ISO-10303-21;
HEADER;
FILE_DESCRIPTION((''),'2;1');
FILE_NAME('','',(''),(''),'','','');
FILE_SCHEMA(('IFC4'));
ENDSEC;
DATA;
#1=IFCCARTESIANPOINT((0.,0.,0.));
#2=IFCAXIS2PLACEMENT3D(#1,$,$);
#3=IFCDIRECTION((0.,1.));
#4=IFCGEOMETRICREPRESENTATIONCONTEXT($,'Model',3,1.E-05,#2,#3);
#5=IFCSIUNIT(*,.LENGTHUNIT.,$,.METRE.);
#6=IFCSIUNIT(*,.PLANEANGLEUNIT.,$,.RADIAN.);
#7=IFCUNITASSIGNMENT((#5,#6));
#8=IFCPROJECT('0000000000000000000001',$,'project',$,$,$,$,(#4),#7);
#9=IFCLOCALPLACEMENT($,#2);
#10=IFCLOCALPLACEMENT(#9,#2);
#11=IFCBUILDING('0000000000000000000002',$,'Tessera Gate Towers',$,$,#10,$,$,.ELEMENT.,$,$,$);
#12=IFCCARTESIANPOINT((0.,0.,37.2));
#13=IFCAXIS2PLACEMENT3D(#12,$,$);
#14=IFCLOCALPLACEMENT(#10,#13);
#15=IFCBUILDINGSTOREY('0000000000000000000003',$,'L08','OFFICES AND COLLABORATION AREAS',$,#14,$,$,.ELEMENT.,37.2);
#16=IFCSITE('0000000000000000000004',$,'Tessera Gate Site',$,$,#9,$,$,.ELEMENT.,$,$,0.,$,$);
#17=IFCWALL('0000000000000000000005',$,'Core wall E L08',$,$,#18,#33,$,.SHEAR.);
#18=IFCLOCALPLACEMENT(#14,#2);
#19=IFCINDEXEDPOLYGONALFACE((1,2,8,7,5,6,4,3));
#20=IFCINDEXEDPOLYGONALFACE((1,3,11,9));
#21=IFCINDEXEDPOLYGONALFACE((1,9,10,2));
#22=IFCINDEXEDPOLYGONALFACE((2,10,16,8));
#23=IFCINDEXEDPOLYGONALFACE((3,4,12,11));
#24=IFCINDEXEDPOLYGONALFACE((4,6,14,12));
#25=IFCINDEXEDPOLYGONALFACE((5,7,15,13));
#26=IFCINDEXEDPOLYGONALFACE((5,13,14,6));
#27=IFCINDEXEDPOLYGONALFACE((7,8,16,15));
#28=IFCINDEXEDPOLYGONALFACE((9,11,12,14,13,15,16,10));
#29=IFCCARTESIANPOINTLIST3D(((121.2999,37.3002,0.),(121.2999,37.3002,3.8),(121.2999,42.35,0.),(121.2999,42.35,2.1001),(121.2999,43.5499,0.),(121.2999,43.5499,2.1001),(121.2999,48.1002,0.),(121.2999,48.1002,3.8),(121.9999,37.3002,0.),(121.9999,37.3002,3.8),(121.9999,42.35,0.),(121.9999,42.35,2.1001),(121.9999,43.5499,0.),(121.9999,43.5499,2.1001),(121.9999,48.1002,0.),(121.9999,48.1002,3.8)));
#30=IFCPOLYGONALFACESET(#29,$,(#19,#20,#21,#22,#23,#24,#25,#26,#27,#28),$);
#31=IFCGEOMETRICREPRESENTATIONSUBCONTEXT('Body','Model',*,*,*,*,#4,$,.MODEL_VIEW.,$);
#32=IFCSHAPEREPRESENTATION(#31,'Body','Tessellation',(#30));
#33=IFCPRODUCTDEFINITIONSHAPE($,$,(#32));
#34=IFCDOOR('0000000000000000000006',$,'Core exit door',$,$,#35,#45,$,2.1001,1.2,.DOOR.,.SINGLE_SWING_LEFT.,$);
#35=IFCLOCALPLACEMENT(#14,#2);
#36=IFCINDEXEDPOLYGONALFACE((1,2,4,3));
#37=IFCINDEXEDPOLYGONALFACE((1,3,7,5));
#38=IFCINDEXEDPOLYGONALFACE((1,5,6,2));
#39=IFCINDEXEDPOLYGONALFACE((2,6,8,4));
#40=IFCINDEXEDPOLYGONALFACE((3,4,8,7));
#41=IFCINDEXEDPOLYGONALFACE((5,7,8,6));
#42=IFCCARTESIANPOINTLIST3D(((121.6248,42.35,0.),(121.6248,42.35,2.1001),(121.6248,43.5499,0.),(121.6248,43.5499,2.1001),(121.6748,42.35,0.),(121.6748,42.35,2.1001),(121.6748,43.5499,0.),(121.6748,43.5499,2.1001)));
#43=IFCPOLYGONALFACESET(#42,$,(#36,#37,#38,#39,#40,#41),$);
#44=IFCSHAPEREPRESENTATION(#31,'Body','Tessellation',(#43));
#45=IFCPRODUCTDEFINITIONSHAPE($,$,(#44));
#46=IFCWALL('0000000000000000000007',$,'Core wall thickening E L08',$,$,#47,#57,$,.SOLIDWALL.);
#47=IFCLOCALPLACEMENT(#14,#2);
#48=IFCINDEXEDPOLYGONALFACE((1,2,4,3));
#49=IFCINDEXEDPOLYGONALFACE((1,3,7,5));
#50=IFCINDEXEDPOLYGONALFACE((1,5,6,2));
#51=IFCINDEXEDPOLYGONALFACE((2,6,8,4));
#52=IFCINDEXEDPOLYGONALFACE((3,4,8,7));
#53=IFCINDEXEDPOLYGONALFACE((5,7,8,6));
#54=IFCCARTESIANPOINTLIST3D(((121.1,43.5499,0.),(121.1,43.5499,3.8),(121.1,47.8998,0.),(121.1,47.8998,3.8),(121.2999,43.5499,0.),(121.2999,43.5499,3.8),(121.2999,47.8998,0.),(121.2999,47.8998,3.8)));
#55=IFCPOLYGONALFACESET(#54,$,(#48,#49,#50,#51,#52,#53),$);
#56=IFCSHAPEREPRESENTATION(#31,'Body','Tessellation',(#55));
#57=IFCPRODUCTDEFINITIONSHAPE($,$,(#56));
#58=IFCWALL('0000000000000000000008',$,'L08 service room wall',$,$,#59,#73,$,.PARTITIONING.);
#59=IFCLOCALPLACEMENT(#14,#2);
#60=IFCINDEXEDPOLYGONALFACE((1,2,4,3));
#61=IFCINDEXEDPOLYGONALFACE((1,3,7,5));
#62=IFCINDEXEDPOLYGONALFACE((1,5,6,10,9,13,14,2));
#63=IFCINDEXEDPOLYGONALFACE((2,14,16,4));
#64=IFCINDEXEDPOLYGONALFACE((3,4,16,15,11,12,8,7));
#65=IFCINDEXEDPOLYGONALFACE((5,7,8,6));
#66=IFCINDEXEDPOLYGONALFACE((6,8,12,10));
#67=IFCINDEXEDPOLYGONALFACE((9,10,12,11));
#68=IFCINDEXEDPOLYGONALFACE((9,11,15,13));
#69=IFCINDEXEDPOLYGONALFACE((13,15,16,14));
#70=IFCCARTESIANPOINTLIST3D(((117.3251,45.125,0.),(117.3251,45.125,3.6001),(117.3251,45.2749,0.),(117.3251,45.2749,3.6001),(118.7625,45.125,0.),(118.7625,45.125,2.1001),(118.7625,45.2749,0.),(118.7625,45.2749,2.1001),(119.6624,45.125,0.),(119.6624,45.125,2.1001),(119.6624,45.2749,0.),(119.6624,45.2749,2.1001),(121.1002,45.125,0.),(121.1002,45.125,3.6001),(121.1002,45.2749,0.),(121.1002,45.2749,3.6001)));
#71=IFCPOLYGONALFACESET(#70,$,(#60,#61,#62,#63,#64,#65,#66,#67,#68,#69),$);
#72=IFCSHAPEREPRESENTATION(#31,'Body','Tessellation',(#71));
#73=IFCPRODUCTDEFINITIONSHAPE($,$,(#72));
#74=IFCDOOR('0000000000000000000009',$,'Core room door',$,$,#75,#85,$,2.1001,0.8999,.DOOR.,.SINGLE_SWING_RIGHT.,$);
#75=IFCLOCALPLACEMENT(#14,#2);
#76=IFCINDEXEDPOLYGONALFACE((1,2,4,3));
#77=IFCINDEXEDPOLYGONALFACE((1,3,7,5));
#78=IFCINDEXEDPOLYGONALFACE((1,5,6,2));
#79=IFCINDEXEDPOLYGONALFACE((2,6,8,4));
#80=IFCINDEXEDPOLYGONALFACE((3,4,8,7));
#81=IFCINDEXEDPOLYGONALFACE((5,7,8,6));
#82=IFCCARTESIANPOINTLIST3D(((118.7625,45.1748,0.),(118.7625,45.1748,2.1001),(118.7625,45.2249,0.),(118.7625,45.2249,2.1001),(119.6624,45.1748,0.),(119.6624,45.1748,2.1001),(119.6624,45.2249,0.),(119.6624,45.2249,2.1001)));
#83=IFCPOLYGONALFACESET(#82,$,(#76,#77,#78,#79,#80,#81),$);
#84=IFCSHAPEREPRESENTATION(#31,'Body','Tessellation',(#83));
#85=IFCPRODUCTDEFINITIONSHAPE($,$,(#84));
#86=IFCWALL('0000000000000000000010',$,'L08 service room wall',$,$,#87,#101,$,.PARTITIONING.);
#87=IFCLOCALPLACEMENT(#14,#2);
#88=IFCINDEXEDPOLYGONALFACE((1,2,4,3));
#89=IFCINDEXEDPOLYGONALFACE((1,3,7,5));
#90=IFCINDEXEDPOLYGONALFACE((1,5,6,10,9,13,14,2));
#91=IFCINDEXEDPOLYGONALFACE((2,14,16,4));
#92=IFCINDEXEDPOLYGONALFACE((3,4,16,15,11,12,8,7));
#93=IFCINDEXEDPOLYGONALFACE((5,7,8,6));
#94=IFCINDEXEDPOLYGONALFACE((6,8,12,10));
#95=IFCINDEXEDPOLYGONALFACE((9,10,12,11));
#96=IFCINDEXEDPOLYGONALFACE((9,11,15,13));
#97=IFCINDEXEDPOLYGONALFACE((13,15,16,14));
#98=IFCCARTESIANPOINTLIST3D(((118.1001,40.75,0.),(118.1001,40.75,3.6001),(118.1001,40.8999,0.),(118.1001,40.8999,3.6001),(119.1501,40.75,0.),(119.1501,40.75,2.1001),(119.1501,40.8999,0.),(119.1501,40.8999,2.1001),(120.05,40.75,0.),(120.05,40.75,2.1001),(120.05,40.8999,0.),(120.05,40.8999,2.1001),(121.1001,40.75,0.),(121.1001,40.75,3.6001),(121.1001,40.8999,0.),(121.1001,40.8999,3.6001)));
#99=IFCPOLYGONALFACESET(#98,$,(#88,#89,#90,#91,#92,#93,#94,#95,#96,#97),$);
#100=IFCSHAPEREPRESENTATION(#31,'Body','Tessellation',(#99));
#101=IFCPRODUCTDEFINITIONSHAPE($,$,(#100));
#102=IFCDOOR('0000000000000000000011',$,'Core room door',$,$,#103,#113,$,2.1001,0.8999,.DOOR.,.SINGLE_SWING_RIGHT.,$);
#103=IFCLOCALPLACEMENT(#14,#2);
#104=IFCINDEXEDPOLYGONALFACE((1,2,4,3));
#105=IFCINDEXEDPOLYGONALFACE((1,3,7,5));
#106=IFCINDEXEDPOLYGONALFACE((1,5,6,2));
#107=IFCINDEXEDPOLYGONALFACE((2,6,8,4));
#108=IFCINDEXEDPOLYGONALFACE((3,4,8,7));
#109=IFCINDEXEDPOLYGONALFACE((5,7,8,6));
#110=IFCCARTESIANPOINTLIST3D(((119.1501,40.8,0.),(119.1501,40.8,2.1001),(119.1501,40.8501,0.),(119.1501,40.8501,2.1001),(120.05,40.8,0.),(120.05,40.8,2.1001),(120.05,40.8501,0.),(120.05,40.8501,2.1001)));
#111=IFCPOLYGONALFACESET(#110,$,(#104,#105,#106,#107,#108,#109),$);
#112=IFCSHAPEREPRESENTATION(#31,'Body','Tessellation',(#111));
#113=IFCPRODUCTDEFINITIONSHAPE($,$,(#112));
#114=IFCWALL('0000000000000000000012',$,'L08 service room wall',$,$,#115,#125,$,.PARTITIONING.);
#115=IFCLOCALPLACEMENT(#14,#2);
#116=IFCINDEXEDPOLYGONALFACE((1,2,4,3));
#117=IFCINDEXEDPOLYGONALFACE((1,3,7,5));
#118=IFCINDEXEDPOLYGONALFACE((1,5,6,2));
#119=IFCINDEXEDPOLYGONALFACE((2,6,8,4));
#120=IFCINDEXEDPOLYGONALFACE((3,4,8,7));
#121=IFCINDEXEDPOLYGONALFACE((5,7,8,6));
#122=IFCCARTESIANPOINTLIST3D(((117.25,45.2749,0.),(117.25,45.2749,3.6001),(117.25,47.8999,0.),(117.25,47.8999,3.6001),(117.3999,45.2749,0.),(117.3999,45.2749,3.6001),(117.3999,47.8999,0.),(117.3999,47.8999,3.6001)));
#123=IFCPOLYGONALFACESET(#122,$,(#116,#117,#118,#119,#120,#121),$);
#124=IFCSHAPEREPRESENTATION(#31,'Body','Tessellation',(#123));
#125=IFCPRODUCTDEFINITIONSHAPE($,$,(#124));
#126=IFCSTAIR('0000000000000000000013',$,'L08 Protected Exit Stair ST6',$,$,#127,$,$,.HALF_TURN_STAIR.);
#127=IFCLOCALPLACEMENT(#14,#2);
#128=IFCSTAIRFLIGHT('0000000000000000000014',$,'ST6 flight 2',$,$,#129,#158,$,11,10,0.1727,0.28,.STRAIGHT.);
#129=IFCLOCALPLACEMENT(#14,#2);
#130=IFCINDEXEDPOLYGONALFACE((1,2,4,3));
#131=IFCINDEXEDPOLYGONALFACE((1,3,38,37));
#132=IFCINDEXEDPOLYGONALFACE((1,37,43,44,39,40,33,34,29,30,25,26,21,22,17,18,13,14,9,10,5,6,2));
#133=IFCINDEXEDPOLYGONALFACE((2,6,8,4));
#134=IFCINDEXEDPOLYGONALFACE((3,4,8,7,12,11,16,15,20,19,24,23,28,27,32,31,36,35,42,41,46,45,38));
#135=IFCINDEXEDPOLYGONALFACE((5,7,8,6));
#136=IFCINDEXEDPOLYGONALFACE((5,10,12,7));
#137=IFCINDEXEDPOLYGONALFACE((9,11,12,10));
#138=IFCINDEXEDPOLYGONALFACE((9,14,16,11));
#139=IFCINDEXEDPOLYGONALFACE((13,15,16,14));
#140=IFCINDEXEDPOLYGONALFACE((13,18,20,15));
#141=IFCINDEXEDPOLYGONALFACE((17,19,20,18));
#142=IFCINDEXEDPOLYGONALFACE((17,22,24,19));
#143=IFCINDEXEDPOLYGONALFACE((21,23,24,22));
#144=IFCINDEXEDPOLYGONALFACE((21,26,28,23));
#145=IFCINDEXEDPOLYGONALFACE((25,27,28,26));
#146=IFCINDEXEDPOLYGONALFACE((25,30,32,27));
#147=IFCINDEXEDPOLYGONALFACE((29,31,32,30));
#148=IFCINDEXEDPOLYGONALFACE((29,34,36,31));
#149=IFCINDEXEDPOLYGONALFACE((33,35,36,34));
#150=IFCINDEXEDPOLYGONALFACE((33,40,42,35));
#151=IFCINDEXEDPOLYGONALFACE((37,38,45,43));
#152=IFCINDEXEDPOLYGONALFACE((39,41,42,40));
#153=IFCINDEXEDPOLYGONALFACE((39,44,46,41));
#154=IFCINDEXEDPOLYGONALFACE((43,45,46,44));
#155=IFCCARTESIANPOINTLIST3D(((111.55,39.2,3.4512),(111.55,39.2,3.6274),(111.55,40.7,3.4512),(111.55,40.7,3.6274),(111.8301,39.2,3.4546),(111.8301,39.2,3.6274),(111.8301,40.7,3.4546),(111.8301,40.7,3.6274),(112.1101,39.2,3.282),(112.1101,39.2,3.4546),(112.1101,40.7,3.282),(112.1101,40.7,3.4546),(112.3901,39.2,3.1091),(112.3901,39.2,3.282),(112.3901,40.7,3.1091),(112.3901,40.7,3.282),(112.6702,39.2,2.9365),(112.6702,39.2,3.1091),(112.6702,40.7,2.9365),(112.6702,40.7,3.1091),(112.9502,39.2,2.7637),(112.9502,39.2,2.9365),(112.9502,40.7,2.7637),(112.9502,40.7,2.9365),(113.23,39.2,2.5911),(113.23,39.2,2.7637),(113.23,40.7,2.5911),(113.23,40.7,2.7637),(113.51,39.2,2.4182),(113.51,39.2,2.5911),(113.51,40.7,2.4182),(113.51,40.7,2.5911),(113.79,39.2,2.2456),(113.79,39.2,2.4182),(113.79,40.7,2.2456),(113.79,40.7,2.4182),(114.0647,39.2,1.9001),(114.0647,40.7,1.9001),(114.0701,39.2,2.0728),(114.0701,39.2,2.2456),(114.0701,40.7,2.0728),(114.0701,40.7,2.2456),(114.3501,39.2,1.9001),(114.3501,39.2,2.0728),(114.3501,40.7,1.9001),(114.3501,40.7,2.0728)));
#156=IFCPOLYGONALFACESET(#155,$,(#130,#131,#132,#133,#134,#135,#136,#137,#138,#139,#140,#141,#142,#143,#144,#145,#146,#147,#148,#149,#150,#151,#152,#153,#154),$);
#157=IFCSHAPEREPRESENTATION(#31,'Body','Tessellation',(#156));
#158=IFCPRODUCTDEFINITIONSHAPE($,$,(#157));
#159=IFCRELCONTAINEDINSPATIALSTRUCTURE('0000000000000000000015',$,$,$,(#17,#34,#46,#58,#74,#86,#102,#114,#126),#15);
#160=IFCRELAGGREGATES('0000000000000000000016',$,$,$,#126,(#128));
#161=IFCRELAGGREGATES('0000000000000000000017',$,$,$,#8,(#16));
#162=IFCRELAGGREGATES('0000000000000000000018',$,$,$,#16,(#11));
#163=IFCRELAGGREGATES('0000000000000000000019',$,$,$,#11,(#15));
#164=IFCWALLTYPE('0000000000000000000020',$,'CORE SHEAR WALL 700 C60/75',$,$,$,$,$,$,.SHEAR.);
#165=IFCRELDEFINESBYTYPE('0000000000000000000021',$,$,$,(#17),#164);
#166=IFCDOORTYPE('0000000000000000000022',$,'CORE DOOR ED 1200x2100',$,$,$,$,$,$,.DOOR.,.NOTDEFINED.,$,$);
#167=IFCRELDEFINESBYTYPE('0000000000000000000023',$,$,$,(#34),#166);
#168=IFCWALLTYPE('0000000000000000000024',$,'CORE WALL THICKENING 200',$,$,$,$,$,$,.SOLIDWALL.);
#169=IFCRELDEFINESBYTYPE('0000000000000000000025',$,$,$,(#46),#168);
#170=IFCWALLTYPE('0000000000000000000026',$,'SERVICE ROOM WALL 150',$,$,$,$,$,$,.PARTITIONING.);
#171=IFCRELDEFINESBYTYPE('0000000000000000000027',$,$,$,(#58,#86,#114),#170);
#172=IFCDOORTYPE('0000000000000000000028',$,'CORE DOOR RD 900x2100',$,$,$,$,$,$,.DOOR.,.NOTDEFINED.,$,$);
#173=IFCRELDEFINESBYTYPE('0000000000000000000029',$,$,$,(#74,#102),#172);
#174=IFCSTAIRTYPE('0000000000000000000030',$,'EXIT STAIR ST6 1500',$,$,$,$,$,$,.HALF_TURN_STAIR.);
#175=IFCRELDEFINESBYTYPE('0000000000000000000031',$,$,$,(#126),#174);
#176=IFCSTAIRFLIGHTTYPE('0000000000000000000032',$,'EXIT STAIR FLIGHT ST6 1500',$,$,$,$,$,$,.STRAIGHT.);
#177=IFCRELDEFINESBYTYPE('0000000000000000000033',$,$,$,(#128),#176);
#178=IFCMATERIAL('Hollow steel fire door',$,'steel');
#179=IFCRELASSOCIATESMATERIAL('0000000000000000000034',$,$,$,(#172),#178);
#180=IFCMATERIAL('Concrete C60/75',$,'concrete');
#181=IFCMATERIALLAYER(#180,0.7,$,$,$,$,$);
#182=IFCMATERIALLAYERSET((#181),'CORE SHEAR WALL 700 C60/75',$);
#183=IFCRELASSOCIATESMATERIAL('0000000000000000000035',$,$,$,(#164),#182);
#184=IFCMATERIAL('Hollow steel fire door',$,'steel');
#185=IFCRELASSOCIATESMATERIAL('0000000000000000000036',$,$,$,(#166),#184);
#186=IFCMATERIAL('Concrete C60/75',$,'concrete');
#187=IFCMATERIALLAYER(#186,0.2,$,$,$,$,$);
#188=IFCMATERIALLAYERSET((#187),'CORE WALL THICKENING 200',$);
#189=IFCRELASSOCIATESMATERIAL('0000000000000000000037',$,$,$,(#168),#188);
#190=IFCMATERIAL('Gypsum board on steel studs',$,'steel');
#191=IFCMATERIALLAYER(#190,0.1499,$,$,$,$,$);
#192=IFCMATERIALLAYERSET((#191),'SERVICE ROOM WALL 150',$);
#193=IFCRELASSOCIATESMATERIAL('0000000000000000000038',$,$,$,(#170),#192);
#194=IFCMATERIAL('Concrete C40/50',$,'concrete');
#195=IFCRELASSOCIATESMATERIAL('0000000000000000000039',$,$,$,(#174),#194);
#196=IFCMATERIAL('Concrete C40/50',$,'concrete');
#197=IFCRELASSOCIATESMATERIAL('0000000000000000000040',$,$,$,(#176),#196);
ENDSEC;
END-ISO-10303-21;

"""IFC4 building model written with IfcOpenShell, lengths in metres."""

from ifc_helpers import new_model, si_unit, direction, frame, frame_2d, origin, place, context, subcontext, project, spatial, polyline, rectangle, outline, extrude, source, transform, mapped, material, layer, layer_set, type_object, element, fill, aggregate, save


model = new_model("IFC4")

# Units and contexts
model_context = context("Model", 3, precision=1e-05, world=origin(), true_north=direction((0.0, 1.0)))
body_context = subcontext(model_context, "Body", "Model", "MODEL_VIEW")
ifc_project = project(units=[si_unit("LENGTHUNIT", "METRE"), si_unit("PLANEANGLEUNIT", "RADIAN")], contexts=[model_context])

# Site, building, storey
site_placement = place(None, origin())
site = spatial("IfcSite", under=ifc_project, at=site_placement, Name="Tessera Gate Site", CompositionType="ELEMENT", RefElevation=0.0)
building_placement = place(site_placement, origin())
building = spatial("IfcBuilding", under=site, at=building_placement, Name="Tessera Gate Towers", CompositionType="ELEMENT")
storey_placement = place(building_placement, frame((0.0, 0.0, 37.2)))
storey = spatial("IfcBuildingStorey", under=building, at=storey_placement, Name="L08", Description="OFFICES AND COLLABORATION AREAS", CompositionType="ELEMENT", Elevation=37.2)

# Shared definitions
ifc_material_1 = material(Name="Hollow steel fire door", Category="steel")
door_type_1 = type_object("IfcDoorType", Name="CORE DOOR RD 900x2100", OperationType="NOTDEFINED", PredefinedType="DOOR", material=ifc_material_1)
shared_shape_1 = source(origin(), body_context, "Body", "SweptSolid", [
    extrude(rectangle(XDim=0.8999, YDim=2.1001, at=frame_2d((0.45, 1.05))), frame((0.0, 0.0249, 0.0), z_axis=(0.0, -1.0, 0.0), x_axis=(1.0, 0.0, 0.0)), (0.0, 0.0, 1.0), 0.05),
])

# Wall, opening, door
ifc_material_2 = material(Name="Concrete C60/75", Category="concrete")
ifc_layer_1 = layer(ifc_material_2, 0.7)
ifc_layer_set_1 = layer_set([ifc_layer_1], Name="CORE SHEAR WALL 700 C60/75")
wall_type_1 = type_object("IfcWallType", Name="CORE SHEAR WALL 700 C60/75", PredefinedType="SHEAR", material=ifc_layer_set_1)
wall_1_placement = place(storey_placement, frame((121.6499, 48.1001, 0.0), z_axis=(0.0, 0.0, 1.0), x_axis=(0.0, -1.0, 0.0)))
wall_1 = element("IfcWall", 1, at=wall_1_placement, inside=storey, type_object=wall_type_1, Name="Core wall E L08", PredefinedType="SHEAR", context=body_context, shape_type="SweptSolid", body=[
    extrude(rectangle(XDim=10.8, YDim=0.7, at=frame_2d((5.3999, 0.0))), origin(), (0.0, 0.0, 1.0), 3.8),
])
shared_shape_2 = source(origin(), body_context, "Body", "SweptSolid", [
    extrude(rectangle(XDim=1.2, YDim=2.1001, at=frame_2d((0.6001, 1.05))), frame((0.0, 0.3599, 0.0), z_axis=(0.0, -1.0, 0.0), x_axis=(1.0, 0.0, 0.0)), (0.0, 0.0, 1.0), 0.72),
])
opening_1_placement = place(wall_1_placement, frame((4.55, 0.0, 0.0)))
opening_1 = element("IfcOpeningElement", 2, at=opening_1_placement, cuts=wall_1, PredefinedType="OPENING", context=body_context, shape_type="MappedRepresentation", body=[
    mapped(shared_shape_2, transform((0.0, 0.0, 0.0), scale=1.0)),
])
ifc_material_3 = material(Name="Hollow steel fire door", Category="steel")
door_type_2 = type_object("IfcDoorType", Name="CORE DOOR ED 1200x2100", OperationType="NOTDEFINED", PredefinedType="DOOR", material=ifc_material_3)
shared_shape_3 = source(origin(), body_context, "Body", "SweptSolid", [
    extrude(rectangle(XDim=1.2, YDim=2.1001, at=frame_2d((0.6001, 1.05))), frame((0.0, 0.0249, 0.0), z_axis=(0.0, -1.0, 0.0), x_axis=(1.0, 0.0, 0.0)), (0.0, 0.0, 1.0), 0.05),
])
door_1_placement = place(opening_1_placement, origin())
door_1 = element("IfcDoor", 3, at=door_1_placement, inside=storey, type_object=door_type_2, Name="Core exit door", OperationType="SINGLE_SWING_LEFT", OverallHeight=2.1001, OverallWidth=1.2, PredefinedType="DOOR", context=body_context, shape_type="MappedRepresentation", body=[
    mapped(shared_shape_3, transform((0.0, 0.0, 0.0), scale=1.0)),
])
fill(opening_1, door_1)

# Wall
ifc_material_4 = material(Name="Concrete C60/75", Category="concrete")
ifc_layer_2 = layer(ifc_material_4, 0.2)
ifc_layer_set_2 = layer_set([ifc_layer_2], Name="CORE WALL THICKENING 200")
wall_type_2 = type_object("IfcWallType", Name="CORE WALL THICKENING 200", PredefinedType="SOLIDWALL", material=ifc_layer_set_2)
wall_2_placement = place(storey_placement, frame((121.2, 43.55, 0.0), z_axis=(0.0, 0.0, 1.0), x_axis=(0.0, 1.0, 0.0)))
element("IfcWall", 4, at=wall_2_placement, inside=storey, type_object=wall_type_2, Name="Core wall thickening E L08", PredefinedType="SOLIDWALL", context=body_context, shape_type="SweptSolid", body=[
    extrude(rectangle(XDim=4.3499, YDim=0.2, at=frame_2d((2.1748, 0.0))), origin(), (0.0, 0.0, 1.0), 3.8),
])

# Walls, openings, doors
ifc_material_5 = material(Name="Gypsum board on steel studs", Category="steel")
ifc_layer_3 = layer(ifc_material_5, 0.1499)
ifc_layer_set_3 = layer_set([ifc_layer_3], Name="SERVICE ROOM WALL 150")
wall_type_3 = type_object("IfcWallType", Name="SERVICE ROOM WALL 150", PredefinedType="PARTITIONING", material=ifc_layer_set_3)
wall_3_placement = place(storey_placement, frame((117.325, 45.2, 0.0), z_axis=(0.0, 0.0, 1.0), x_axis=(1.0, 0.0, 0.0)))
wall_3 = element("IfcWall", 5, at=wall_3_placement, inside=storey, type_object=wall_type_3, Name="L08 service room wall", PredefinedType="PARTITIONING", context=body_context, shape_type="SweptSolid", body=[
    extrude(rectangle(XDim=3.7751, YDim=0.1499, at=frame_2d((1.8877, 0.0))), origin(), (0.0, 0.0, 1.0), 3.6001),
])
shared_shape_4 = source(origin(), body_context, "Body", "SweptSolid", [
    extrude(rectangle(XDim=0.8999, YDim=2.1001, at=frame_2d((0.45, 1.05))), frame((0.0, 0.085, 0.0), z_axis=(0.0, -1.0, 0.0), x_axis=(1.0, 0.0, 0.0)), (0.0, 0.0, 1.0), 0.1699),
])
opening_2_placement = place(wall_3_placement, frame((1.4375, 0.0, 0.0)))
opening_2 = element("IfcOpeningElement", 6, at=opening_2_placement, cuts=wall_3, PredefinedType="OPENING", context=body_context, shape_type="MappedRepresentation", body=[
    mapped(shared_shape_4, transform((0.0, 0.0, 0.0), scale=1.0)),
])
door_2_placement = place(opening_2_placement, origin())
door_2 = element("IfcDoor", 7, at=door_2_placement, inside=storey, type_object=door_type_1, Name="Core room door", OperationType="SINGLE_SWING_RIGHT", OverallHeight=2.1001, OverallWidth=0.8999, PredefinedType="DOOR", context=body_context, shape_type="MappedRepresentation", body=[
    mapped(shared_shape_1, transform((0.0, 0.0, 0.0), scale=1.0)),
])
fill(opening_2, door_2)
wall_4_placement = place(storey_placement, frame((121.1001, 40.825, 0.0), z_axis=(0.0, 0.0, 1.0), x_axis=(-1.0, 0.0, 0.0)))
wall_4 = element("IfcWall", 8, at=wall_4_placement, inside=storey, type_object=wall_type_3, Name="L08 service room wall", PredefinedType="PARTITIONING", context=body_context, shape_type="SweptSolid", body=[
    extrude(rectangle(XDim=3.0, YDim=0.1499, at=frame_2d((1.5, 0.0))), origin(), (0.0, 0.0, 1.0), 3.6001),
])
opening_3_placement = place(wall_4_placement, frame((1.05, 0.0, 0.0)))
opening_3 = element("IfcOpeningElement", 9, at=opening_3_placement, cuts=wall_4, PredefinedType="OPENING", context=body_context, shape_type="MappedRepresentation", body=[
    mapped(shared_shape_4, transform((0.0, 0.0, 0.0), scale=1.0)),
])
door_3_placement = place(opening_3_placement, origin())
door_3 = element("IfcDoor", 10, at=door_3_placement, inside=storey, type_object=door_type_1, Name="Core room door", OperationType="SINGLE_SWING_RIGHT", OverallHeight=2.1001, OverallWidth=0.8999, PredefinedType="DOOR", context=body_context, shape_type="MappedRepresentation", body=[
    mapped(shared_shape_1, transform((0.0, 0.0, 0.0), scale=1.0)),
])
fill(opening_3, door_3)

# Wall
wall_5_placement = place(storey_placement, frame((117.325, 45.2749, 0.0), z_axis=(0.0, 0.0, 1.0), x_axis=(0.0, 1.0, 0.0)))
element("IfcWall", 11, at=wall_5_placement, inside=storey, type_object=wall_type_3, Name="L08 service room wall", PredefinedType="PARTITIONING", context=body_context, shape_type="SweptSolid", body=[
    extrude(rectangle(XDim=2.625, YDim=0.1499, at=frame_2d((1.3125, 0.0))), origin(), (0.0, 0.0, 1.0), 3.6001),
])

# Stair, stair flight
ifc_material_6 = material(Name="Concrete C40/50", Category="concrete")
stair_type = type_object("IfcStairType", Name="EXIT STAIR ST6 1500", PredefinedType="HALF_TURN_STAIR", material=ifc_material_6)
stair_placement = place(storey_placement, origin())
stair = element("IfcStair", 12, at=stair_placement, inside=storey, type_object=stair_type, Name="L08 Protected Exit Stair ST6", PredefinedType="HALF_TURN_STAIR")
ifc_material_7 = material(Name="Concrete C40/50", Category="concrete")
stair_flight_type = type_object("IfcStairFlightType", Name="EXIT STAIR FLIGHT ST6 1500", PredefinedType="STRAIGHT", material=ifc_material_7)
stair_flight_placement = place(storey_placement, frame((114.3501, 39.95, 1.9001), z_axis=(0.0, 0.0, 1.0), x_axis=(-1.0, 0.0, 0.0)))
stair_flight = element("IfcStairFlight", 13, at=stair_flight_placement, type_object=stair_flight_type, Name="ST6 flight 2", NumberOfRisers=11, NumberOfTreads=10, PredefinedType="STRAIGHT", RiserHeight=0.1727, TreadLength=0.28, context=body_context, shape_type="SweptSolid", body=[
    extrude(outline(polyline([(0.0, 0.0), (0.0, 0.1726), (0.28, 0.1726), (0.28, 0.3455), (0.5601, 0.3455), (0.5601, 0.5181), (0.8401, 0.5181), (0.8401, 0.6909), (1.1201, 0.6909), (1.1201, 0.8635), (1.3999, 0.8635), (1.3999, 1.0364), (1.6799, 1.0364), (1.6799, 1.209), (1.96, 1.209), (1.96, 1.3818), (2.24, 1.3818), (2.24, 1.5544), (2.52, 1.5544), (2.52, 1.7273), (2.8, 1.7273), (2.8, 1.8999), (2.8, 1.551), (0.2854, 0.0), (0.0, 0.0)])), frame((0.0, 0.75, 0.0), z_axis=(0.0, -1.0, 0.0), x_axis=(1.0, 0.0, 0.0)), (0.0, 0.0, 1.0), 1.5),
])
aggregate(stair, [stair_flight])

save(model, "model.ifc")
